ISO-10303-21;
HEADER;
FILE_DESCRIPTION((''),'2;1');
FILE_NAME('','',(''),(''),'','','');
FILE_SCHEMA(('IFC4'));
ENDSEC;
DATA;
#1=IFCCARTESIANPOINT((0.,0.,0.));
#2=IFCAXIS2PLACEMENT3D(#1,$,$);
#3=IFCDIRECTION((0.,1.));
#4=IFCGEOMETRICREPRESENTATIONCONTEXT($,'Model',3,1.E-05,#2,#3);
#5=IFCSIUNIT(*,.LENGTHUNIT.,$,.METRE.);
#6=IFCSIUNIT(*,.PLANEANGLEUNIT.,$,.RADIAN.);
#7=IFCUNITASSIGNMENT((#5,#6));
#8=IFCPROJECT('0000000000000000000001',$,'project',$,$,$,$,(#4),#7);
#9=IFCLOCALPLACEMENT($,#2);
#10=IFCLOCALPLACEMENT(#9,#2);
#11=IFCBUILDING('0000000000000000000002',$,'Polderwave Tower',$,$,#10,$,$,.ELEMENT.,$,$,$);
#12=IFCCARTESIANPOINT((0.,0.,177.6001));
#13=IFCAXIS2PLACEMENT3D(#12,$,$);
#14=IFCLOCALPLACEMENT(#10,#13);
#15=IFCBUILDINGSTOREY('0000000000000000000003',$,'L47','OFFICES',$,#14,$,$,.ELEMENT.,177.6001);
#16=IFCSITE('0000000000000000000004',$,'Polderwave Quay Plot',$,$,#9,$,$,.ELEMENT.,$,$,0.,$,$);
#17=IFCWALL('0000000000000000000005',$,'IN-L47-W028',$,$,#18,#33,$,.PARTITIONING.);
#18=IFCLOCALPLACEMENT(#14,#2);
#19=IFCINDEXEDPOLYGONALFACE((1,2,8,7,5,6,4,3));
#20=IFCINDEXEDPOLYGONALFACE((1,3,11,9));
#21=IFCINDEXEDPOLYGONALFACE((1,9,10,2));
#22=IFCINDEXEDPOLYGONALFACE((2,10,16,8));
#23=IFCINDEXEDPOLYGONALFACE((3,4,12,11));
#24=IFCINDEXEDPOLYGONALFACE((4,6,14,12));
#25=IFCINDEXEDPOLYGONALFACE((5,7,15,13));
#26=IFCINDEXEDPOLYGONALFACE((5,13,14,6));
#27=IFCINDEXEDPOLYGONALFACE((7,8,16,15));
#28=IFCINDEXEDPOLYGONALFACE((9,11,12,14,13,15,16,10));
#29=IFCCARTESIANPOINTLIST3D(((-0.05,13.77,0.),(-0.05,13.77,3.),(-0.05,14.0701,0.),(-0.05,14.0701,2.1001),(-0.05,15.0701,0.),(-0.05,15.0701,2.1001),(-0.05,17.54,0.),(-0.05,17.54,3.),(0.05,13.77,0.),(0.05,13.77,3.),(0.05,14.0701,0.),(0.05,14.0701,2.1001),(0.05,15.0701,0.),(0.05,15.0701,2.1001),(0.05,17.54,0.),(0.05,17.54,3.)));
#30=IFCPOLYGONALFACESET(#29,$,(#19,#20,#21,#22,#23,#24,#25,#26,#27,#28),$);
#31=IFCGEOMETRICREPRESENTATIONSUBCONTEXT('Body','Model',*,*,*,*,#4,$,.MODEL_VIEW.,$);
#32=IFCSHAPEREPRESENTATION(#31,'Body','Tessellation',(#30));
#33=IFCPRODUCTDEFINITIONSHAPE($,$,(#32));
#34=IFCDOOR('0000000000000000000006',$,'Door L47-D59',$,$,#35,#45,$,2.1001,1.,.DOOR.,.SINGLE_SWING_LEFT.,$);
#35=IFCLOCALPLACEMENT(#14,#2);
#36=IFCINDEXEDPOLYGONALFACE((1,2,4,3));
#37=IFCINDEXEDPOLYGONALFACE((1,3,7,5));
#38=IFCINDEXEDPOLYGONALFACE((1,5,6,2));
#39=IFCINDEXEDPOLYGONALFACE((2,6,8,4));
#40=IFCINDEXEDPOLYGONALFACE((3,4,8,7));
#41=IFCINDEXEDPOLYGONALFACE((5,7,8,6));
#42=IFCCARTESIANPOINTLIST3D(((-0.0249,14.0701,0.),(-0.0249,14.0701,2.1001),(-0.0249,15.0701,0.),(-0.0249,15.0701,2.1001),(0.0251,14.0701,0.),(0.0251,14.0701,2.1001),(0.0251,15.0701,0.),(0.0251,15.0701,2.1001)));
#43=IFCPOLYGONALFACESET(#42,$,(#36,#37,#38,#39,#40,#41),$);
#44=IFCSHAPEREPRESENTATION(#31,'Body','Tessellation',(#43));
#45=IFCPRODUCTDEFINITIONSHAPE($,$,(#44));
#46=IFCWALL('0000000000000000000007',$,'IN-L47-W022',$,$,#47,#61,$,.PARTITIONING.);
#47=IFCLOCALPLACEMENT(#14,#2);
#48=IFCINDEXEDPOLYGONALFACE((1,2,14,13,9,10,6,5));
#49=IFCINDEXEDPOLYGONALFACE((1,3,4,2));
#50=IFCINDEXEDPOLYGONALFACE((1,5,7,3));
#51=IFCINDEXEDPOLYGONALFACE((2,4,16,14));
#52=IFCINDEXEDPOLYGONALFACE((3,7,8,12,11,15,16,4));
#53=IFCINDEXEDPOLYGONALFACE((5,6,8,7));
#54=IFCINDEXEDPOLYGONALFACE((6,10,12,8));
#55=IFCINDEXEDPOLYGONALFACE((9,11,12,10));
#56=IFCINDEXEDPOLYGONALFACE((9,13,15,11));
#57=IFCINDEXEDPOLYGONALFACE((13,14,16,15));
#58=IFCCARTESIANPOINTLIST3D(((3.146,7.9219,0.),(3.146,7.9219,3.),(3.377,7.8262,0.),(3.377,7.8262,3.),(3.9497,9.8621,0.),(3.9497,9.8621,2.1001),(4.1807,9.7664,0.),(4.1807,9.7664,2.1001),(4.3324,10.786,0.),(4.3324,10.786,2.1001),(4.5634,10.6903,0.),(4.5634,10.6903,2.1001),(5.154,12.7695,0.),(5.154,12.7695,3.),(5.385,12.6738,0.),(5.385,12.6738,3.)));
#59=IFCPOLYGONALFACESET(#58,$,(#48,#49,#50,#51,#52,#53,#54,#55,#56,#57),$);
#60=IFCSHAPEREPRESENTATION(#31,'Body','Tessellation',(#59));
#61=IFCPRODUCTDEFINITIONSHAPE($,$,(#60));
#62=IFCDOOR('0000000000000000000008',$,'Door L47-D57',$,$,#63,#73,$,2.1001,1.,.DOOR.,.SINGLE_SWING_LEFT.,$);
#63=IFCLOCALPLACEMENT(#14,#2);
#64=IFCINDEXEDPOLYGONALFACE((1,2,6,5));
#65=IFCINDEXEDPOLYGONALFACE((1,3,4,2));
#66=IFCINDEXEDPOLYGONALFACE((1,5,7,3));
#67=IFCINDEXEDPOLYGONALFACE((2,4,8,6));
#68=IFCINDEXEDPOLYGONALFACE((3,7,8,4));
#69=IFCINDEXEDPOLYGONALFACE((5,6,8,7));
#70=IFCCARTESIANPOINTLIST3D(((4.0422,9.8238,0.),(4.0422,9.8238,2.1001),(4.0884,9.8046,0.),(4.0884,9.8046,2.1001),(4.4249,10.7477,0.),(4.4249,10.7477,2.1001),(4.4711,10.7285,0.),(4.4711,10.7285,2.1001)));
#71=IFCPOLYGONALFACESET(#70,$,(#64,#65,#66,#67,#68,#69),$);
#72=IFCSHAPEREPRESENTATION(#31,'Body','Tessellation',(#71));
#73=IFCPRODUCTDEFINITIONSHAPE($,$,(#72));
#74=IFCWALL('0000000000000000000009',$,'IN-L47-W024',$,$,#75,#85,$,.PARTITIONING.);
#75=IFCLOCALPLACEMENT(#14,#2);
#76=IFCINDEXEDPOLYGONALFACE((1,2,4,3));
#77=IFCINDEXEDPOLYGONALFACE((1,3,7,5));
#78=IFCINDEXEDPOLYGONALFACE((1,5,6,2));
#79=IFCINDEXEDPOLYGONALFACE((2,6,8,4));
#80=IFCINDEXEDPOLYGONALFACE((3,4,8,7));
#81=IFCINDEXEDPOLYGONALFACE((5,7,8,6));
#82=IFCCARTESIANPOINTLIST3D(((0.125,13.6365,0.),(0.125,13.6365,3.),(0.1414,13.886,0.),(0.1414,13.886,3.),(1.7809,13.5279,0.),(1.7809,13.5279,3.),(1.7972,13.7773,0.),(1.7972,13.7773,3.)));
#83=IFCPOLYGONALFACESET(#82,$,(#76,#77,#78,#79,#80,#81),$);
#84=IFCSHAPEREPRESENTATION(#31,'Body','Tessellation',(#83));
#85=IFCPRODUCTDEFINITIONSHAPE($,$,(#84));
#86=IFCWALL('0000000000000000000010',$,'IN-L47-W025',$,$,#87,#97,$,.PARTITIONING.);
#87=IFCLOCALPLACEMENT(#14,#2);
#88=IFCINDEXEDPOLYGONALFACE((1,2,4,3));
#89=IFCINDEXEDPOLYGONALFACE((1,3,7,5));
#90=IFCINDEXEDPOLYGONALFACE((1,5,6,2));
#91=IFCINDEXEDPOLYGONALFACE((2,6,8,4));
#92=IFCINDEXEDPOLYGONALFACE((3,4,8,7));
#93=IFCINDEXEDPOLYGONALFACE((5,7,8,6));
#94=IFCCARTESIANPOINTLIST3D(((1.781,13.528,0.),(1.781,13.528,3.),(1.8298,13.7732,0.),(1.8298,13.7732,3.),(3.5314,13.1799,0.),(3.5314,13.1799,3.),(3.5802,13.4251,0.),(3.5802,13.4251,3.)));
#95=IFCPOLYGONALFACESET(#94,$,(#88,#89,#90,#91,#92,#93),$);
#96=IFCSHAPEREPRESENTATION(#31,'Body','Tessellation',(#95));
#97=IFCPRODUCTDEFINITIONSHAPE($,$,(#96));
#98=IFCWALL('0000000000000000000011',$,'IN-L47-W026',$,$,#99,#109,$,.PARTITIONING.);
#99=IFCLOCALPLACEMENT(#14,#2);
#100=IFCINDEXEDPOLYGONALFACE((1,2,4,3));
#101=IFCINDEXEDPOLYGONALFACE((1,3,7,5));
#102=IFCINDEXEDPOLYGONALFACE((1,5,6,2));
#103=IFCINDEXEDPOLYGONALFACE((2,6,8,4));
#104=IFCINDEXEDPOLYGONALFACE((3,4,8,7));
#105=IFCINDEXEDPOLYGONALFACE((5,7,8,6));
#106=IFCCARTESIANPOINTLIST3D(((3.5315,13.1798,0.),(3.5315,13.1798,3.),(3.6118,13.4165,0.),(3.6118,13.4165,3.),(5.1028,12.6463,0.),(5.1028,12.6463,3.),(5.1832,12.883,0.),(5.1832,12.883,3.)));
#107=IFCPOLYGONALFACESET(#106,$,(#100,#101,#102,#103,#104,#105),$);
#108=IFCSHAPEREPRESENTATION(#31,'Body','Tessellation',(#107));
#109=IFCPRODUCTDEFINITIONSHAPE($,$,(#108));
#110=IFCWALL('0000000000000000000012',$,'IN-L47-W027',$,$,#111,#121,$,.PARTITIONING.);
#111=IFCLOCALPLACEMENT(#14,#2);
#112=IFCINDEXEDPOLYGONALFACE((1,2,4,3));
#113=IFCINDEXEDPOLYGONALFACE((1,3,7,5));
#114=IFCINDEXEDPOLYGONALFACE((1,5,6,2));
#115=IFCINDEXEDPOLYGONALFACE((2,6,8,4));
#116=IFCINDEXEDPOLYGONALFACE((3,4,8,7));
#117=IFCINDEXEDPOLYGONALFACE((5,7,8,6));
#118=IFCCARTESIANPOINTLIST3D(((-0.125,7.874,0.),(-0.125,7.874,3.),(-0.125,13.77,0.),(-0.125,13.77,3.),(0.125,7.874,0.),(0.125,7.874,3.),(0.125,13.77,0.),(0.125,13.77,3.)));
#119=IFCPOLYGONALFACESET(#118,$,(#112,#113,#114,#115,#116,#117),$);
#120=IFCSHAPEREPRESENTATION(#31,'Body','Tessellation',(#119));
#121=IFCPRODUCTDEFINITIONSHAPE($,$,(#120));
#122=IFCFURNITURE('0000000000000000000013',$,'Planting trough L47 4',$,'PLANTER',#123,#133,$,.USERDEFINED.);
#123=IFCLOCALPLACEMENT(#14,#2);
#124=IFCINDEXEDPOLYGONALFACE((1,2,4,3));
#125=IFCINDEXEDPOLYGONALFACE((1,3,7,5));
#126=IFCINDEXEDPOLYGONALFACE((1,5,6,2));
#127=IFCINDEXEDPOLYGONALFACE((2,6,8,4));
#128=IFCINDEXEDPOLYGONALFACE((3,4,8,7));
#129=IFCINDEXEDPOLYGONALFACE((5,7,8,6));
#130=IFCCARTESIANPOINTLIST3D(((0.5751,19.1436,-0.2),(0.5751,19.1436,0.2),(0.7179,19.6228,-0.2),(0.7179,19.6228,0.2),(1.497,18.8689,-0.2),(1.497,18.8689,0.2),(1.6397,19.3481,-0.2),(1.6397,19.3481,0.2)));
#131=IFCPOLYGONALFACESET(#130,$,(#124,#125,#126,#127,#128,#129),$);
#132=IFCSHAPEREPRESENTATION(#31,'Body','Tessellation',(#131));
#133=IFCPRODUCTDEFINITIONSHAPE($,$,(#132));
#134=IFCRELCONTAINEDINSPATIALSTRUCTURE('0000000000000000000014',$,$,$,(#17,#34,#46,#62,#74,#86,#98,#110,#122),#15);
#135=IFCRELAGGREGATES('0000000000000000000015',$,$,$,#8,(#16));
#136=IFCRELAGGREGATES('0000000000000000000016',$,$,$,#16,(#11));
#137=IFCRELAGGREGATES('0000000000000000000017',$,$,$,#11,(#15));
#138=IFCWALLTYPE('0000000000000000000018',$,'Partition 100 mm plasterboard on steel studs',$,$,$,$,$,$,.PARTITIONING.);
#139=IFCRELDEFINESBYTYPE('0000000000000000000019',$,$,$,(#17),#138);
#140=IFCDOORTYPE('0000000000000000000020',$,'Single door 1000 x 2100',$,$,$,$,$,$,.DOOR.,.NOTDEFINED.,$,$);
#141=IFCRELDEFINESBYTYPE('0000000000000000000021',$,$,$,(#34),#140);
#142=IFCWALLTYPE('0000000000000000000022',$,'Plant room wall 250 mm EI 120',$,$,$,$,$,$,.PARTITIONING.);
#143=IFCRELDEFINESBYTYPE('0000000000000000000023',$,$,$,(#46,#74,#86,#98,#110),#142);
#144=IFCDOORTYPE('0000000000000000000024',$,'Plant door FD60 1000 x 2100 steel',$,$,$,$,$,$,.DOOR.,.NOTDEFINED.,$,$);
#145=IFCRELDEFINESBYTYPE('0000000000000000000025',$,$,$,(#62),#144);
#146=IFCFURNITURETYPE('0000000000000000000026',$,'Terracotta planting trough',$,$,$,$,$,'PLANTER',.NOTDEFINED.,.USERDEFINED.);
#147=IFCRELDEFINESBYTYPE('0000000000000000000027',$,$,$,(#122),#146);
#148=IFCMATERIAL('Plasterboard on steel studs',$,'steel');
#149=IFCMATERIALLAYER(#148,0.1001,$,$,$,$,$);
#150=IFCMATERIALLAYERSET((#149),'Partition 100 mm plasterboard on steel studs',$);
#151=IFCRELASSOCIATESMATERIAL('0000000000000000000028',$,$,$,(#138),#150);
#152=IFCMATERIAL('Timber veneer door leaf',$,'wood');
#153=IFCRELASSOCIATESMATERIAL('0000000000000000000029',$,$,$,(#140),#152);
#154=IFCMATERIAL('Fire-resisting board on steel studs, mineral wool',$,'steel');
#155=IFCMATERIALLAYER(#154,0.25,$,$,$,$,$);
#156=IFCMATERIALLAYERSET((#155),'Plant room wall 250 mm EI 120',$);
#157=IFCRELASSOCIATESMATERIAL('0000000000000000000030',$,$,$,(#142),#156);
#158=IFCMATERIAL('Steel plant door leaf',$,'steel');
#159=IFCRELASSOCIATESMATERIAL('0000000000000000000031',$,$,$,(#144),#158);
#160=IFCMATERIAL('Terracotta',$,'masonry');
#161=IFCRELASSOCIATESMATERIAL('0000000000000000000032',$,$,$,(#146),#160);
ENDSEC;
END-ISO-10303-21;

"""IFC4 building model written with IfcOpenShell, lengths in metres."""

from ifc_helpers import new_model, si_unit, direction, frame, frame_2d, origin, origin_2d, place, context, subcontext, project, spatial, rectangle, extrude, material, layer, layer_set, type_object, element, fill, save


model = new_model("IFC4")

# Units and contexts
model_context = context("Model", 3, precision=1e-05, world=origin(), true_north=direction((0.0, 1.0)))
body_context = subcontext(model_context, "Body", "Model", "MODEL_VIEW")
ifc_project = project(units=[si_unit("LENGTHUNIT", "METRE"), si_unit("PLANEANGLEUNIT", "RADIAN")], contexts=[model_context])

# Site, building, storey
site_placement = place(None, origin())
site = spatial("IfcSite", under=ifc_project, at=site_placement, Name="Polderwave Quay Plot", CompositionType="ELEMENT", RefElevation=0.0)
building_placement = place(site_placement, origin())
building = spatial("IfcBuilding", under=site, at=building_placement, Name="Polderwave Tower", CompositionType="ELEMENT")
storey_placement = place(building_placement, frame((0.0, 0.0, 177.6001)))
storey = spatial("IfcBuildingStorey", under=building, at=storey_placement, Name="L47", Description="OFFICES", CompositionType="ELEMENT", Elevation=177.6001)

# Walls, openings, doors
ifc_material_1 = material(Name="Plasterboard on steel studs", Category="steel")
ifc_layer_1 = layer(ifc_material_1, 0.1001)
ifc_layer_set_1 = layer_set([ifc_layer_1], Name="Partition 100 mm plasterboard on steel studs")
wall_type_1 = type_object("IfcWallType", Name="Partition 100 mm plasterboard on steel studs", PredefinedType="PARTITIONING", material=ifc_layer_set_1)
ifc_material_2 = material(Name="Timber veneer door leaf", Category="wood")
door_type_1 = type_object("IfcDoorType", Name="Single door 1000 x 2100", OperationType="NOTDEFINED", PredefinedType="DOOR", material=ifc_material_2)
wall_1_placement = place(storey_placement, frame((0.0, 13.77, 0.0), z_axis=(0.0, 0.0, 1.0), x_axis=(0.0, 1.0, 0.0)))
wall_1 = element("IfcWall", 1, at=wall_1_placement, inside=storey, type_object=wall_type_1, Name="IN-L47-W028", PredefinedType="PARTITIONING", context=body_context, shape_type="SweptSolid", body=[
    extrude(rectangle(XDim=3.77, YDim=0.1001, at=frame_2d((1.885, 0.0))), origin(), (0.0, 0.0, 1.0), 3.0),
])
opening_1_placement = place(wall_1_placement, frame((0.3, 0.0, 0.0)))
opening_1 = element("IfcOpeningElement", 2, at=opening_1_placement, cuts=wall_1, PredefinedType="OPENING", context=body_context, shape_type="SweptSolid", body=[
    extrude(rectangle(XDim=1.0, YDim=2.1001, at=frame_2d((0.5, 1.05))), frame((0.0, 0.0601, 0.0), z_axis=(0.0, -1.0, 0.0), x_axis=(1.0, 0.0, 0.0)), (0.0, 0.0, 1.0), 0.1201),
])
door_1_placement = place(opening_1_placement, origin())
door_1 = element("IfcDoor", 3, at=door_1_placement, inside=storey, type_object=door_type_1, Name="Door L47-D59", OperationType="SINGLE_SWING_LEFT", OverallHeight=2.1001, OverallWidth=1.0, PredefinedType="DOOR", context=body_context, shape_type="SweptSolid", body=[
    extrude(rectangle(XDim=1.0, YDim=2.1001, at=frame_2d((0.5, 1.05))), frame((0.0, 0.0249, 0.0), z_axis=(0.0, -1.0, 0.0), x_axis=(1.0, 0.0, 0.0)), (0.0, 0.0, 1.0), 0.05),
])
fill(opening_1, door_1)
ifc_material_3 = material(Name="Fire-resisting board on steel studs, mineral wool", Category="steel")
ifc_layer_2 = layer(ifc_material_3, 0.25)
ifc_layer_set_2 = layer_set([ifc_layer_2], Name="Plant room wall 250 mm EI 120")
wall_type_2 = type_object("IfcWallType", Name="Plant room wall 250 mm EI 120", PredefinedType="PARTITIONING", material=ifc_layer_set_2)
wall_2_placement = place(storey_placement, frame((3.2615, 7.874, 0.0), z_axis=(0.0, 0.0, 1.0), x_axis=(0.382698, 0.923873, 0.0)))
wall_2 = element("IfcWall", 4, at=wall_2_placement, inside=storey, type_object=wall_type_2, Name="IN-L47-W022", PredefinedType="PARTITIONING", context=body_context, shape_type="SweptSolid", body=[
    extrude(rectangle(XDim=5.2471, YDim=0.25, at=frame_2d((2.6235, 0.0))), origin(), (0.0, 0.0, 1.0), 3.0),
])
opening_2_placement = place(wall_2_placement, frame((2.1001, 0.0, 0.0)))
opening_2 = element("IfcOpeningElement", 5, at=opening_2_placement, cuts=wall_2, PredefinedType="OPENING", context=body_context, shape_type="SweptSolid", body=[
    extrude(rectangle(XDim=1.0, YDim=2.1001, at=frame_2d((0.5, 1.05))), frame((0.0, 0.135, 0.0), z_axis=(0.0, -1.0, 0.0), x_axis=(1.0, 0.0, 0.0)), (0.0, 0.0, 1.0), 0.27),
])
ifc_material_4 = material(Name="Steel plant door leaf", Category="steel")
door_type_2 = type_object("IfcDoorType", Name="Plant door FD60 1000 x 2100 steel", OperationType="NOTDEFINED", PredefinedType="DOOR", material=ifc_material_4)
door_2_placement = place(opening_2_placement, origin())
door_2 = element("IfcDoor", 6, at=door_2_placement, inside=storey, type_object=door_type_2, Name="Door L47-D57", OperationType="SINGLE_SWING_LEFT", OverallHeight=2.1001, OverallWidth=1.0, PredefinedType="DOOR", context=body_context, shape_type="SweptSolid", body=[
    extrude(rectangle(XDim=1.0, YDim=2.1001, at=frame_2d((0.5, 1.05))), frame((0.0, 0.0249, 0.0), z_axis=(0.0, -1.0, 0.0), x_axis=(1.0, 0.0, 0.0)), (0.0, 0.0, 1.0), 0.05),
])
fill(opening_2, door_2)

# Walls
wall_3_placement = place(storey_placement, frame((0.1333, 13.7612, 0.0), z_axis=(0.0, 0.0, 1.0), x_axis=(0.997854, -0.065474, 0.0)))
element("IfcWall", 7, at=wall_3_placement, inside=storey, type_object=wall_type_2, Name="IN-L47-W024", PredefinedType="PARTITIONING", context=body_context, shape_type="SweptSolid", body=[
    extrude(rectangle(XDim=1.6594, YDim=0.25, at=frame_2d((0.8296, 0.0))), origin(), (0.0, 0.0, 1.0), 3.0),
])
wall_4_placement = place(storey_placement, frame((1.8054, 13.6506, 0.0), z_axis=(0.0, 0.0, 1.0), x_axis=(0.980791, -0.195064, 0.0)))
element("IfcWall", 8, at=wall_4_placement, inside=storey, type_object=wall_type_2, Name="IN-L47-W025", PredefinedType="PARTITIONING", context=body_context, shape_type="SweptSolid", body=[
    extrude(rectangle(XDim=1.7847, YDim=0.25, at=frame_2d((0.8923, 0.0))), origin(), (0.0, 0.0, 1.0), 3.0),
])
wall_5_placement = place(storey_placement, frame((3.5718, 13.2981, 0.0), z_axis=(0.0, 0.0, 1.0), x_axis=(0.946918, -0.321475, 0.0)))
element("IfcWall", 9, at=wall_5_placement, inside=storey, type_object=wall_type_2, Name="IN-L47-W026", PredefinedType="PARTITIONING", context=body_context, shape_type="SweptSolid", body=[
    extrude(rectangle(XDim=1.6594, YDim=0.25, at=frame_2d((0.8296, 0.0))), origin(), (0.0, 0.0, 1.0), 3.0),
])
wall_6_placement = place(storey_placement, frame((0.0, 7.874, 0.0), z_axis=(0.0, 0.0, 1.0), x_axis=(0.0, 1.0, 0.0)))
element("IfcWall", 10, at=wall_6_placement, inside=storey, type_object=wall_type_2, Name="IN-L47-W027", PredefinedType="PARTITIONING", context=body_context, shape_type="SweptSolid", body=[
    extrude(rectangle(XDim=5.896, YDim=0.25, at=frame_2d((2.948, 0.0))), origin(), (0.0, 0.0, 1.0), 3.0),
])

# Furniture
ifc_material_5 = material(Name="Terracotta", Category="masonry")
furniture_type = type_object("IfcFurnitureType", Name="Terracotta planting trough", ElementType="PLANTER", AssemblyPlace="NOTDEFINED", PredefinedType="USERDEFINED", material=ifc_material_5)
furniture_placement = place(storey_placement, frame((1.1074, 19.2458, -0.2), z_axis=(0.0, 0.0, 1.0), x_axis=(-0.958372, 0.285523, 0.0)))
element("IfcFurniture", 11, at=furniture_placement, inside=storey, type_object=furniture_type, Name="Planting trough L47 4", ObjectType="PLANTER", PredefinedType="USERDEFINED", context=body_context, shape_type="SweptSolid", body=[
    extrude(rectangle(XDim=0.9619, YDim=0.5, at=origin_2d()), origin(), (0.0, 0.0, 1.0), 0.3999),
])

save(model, "model.ifc")
